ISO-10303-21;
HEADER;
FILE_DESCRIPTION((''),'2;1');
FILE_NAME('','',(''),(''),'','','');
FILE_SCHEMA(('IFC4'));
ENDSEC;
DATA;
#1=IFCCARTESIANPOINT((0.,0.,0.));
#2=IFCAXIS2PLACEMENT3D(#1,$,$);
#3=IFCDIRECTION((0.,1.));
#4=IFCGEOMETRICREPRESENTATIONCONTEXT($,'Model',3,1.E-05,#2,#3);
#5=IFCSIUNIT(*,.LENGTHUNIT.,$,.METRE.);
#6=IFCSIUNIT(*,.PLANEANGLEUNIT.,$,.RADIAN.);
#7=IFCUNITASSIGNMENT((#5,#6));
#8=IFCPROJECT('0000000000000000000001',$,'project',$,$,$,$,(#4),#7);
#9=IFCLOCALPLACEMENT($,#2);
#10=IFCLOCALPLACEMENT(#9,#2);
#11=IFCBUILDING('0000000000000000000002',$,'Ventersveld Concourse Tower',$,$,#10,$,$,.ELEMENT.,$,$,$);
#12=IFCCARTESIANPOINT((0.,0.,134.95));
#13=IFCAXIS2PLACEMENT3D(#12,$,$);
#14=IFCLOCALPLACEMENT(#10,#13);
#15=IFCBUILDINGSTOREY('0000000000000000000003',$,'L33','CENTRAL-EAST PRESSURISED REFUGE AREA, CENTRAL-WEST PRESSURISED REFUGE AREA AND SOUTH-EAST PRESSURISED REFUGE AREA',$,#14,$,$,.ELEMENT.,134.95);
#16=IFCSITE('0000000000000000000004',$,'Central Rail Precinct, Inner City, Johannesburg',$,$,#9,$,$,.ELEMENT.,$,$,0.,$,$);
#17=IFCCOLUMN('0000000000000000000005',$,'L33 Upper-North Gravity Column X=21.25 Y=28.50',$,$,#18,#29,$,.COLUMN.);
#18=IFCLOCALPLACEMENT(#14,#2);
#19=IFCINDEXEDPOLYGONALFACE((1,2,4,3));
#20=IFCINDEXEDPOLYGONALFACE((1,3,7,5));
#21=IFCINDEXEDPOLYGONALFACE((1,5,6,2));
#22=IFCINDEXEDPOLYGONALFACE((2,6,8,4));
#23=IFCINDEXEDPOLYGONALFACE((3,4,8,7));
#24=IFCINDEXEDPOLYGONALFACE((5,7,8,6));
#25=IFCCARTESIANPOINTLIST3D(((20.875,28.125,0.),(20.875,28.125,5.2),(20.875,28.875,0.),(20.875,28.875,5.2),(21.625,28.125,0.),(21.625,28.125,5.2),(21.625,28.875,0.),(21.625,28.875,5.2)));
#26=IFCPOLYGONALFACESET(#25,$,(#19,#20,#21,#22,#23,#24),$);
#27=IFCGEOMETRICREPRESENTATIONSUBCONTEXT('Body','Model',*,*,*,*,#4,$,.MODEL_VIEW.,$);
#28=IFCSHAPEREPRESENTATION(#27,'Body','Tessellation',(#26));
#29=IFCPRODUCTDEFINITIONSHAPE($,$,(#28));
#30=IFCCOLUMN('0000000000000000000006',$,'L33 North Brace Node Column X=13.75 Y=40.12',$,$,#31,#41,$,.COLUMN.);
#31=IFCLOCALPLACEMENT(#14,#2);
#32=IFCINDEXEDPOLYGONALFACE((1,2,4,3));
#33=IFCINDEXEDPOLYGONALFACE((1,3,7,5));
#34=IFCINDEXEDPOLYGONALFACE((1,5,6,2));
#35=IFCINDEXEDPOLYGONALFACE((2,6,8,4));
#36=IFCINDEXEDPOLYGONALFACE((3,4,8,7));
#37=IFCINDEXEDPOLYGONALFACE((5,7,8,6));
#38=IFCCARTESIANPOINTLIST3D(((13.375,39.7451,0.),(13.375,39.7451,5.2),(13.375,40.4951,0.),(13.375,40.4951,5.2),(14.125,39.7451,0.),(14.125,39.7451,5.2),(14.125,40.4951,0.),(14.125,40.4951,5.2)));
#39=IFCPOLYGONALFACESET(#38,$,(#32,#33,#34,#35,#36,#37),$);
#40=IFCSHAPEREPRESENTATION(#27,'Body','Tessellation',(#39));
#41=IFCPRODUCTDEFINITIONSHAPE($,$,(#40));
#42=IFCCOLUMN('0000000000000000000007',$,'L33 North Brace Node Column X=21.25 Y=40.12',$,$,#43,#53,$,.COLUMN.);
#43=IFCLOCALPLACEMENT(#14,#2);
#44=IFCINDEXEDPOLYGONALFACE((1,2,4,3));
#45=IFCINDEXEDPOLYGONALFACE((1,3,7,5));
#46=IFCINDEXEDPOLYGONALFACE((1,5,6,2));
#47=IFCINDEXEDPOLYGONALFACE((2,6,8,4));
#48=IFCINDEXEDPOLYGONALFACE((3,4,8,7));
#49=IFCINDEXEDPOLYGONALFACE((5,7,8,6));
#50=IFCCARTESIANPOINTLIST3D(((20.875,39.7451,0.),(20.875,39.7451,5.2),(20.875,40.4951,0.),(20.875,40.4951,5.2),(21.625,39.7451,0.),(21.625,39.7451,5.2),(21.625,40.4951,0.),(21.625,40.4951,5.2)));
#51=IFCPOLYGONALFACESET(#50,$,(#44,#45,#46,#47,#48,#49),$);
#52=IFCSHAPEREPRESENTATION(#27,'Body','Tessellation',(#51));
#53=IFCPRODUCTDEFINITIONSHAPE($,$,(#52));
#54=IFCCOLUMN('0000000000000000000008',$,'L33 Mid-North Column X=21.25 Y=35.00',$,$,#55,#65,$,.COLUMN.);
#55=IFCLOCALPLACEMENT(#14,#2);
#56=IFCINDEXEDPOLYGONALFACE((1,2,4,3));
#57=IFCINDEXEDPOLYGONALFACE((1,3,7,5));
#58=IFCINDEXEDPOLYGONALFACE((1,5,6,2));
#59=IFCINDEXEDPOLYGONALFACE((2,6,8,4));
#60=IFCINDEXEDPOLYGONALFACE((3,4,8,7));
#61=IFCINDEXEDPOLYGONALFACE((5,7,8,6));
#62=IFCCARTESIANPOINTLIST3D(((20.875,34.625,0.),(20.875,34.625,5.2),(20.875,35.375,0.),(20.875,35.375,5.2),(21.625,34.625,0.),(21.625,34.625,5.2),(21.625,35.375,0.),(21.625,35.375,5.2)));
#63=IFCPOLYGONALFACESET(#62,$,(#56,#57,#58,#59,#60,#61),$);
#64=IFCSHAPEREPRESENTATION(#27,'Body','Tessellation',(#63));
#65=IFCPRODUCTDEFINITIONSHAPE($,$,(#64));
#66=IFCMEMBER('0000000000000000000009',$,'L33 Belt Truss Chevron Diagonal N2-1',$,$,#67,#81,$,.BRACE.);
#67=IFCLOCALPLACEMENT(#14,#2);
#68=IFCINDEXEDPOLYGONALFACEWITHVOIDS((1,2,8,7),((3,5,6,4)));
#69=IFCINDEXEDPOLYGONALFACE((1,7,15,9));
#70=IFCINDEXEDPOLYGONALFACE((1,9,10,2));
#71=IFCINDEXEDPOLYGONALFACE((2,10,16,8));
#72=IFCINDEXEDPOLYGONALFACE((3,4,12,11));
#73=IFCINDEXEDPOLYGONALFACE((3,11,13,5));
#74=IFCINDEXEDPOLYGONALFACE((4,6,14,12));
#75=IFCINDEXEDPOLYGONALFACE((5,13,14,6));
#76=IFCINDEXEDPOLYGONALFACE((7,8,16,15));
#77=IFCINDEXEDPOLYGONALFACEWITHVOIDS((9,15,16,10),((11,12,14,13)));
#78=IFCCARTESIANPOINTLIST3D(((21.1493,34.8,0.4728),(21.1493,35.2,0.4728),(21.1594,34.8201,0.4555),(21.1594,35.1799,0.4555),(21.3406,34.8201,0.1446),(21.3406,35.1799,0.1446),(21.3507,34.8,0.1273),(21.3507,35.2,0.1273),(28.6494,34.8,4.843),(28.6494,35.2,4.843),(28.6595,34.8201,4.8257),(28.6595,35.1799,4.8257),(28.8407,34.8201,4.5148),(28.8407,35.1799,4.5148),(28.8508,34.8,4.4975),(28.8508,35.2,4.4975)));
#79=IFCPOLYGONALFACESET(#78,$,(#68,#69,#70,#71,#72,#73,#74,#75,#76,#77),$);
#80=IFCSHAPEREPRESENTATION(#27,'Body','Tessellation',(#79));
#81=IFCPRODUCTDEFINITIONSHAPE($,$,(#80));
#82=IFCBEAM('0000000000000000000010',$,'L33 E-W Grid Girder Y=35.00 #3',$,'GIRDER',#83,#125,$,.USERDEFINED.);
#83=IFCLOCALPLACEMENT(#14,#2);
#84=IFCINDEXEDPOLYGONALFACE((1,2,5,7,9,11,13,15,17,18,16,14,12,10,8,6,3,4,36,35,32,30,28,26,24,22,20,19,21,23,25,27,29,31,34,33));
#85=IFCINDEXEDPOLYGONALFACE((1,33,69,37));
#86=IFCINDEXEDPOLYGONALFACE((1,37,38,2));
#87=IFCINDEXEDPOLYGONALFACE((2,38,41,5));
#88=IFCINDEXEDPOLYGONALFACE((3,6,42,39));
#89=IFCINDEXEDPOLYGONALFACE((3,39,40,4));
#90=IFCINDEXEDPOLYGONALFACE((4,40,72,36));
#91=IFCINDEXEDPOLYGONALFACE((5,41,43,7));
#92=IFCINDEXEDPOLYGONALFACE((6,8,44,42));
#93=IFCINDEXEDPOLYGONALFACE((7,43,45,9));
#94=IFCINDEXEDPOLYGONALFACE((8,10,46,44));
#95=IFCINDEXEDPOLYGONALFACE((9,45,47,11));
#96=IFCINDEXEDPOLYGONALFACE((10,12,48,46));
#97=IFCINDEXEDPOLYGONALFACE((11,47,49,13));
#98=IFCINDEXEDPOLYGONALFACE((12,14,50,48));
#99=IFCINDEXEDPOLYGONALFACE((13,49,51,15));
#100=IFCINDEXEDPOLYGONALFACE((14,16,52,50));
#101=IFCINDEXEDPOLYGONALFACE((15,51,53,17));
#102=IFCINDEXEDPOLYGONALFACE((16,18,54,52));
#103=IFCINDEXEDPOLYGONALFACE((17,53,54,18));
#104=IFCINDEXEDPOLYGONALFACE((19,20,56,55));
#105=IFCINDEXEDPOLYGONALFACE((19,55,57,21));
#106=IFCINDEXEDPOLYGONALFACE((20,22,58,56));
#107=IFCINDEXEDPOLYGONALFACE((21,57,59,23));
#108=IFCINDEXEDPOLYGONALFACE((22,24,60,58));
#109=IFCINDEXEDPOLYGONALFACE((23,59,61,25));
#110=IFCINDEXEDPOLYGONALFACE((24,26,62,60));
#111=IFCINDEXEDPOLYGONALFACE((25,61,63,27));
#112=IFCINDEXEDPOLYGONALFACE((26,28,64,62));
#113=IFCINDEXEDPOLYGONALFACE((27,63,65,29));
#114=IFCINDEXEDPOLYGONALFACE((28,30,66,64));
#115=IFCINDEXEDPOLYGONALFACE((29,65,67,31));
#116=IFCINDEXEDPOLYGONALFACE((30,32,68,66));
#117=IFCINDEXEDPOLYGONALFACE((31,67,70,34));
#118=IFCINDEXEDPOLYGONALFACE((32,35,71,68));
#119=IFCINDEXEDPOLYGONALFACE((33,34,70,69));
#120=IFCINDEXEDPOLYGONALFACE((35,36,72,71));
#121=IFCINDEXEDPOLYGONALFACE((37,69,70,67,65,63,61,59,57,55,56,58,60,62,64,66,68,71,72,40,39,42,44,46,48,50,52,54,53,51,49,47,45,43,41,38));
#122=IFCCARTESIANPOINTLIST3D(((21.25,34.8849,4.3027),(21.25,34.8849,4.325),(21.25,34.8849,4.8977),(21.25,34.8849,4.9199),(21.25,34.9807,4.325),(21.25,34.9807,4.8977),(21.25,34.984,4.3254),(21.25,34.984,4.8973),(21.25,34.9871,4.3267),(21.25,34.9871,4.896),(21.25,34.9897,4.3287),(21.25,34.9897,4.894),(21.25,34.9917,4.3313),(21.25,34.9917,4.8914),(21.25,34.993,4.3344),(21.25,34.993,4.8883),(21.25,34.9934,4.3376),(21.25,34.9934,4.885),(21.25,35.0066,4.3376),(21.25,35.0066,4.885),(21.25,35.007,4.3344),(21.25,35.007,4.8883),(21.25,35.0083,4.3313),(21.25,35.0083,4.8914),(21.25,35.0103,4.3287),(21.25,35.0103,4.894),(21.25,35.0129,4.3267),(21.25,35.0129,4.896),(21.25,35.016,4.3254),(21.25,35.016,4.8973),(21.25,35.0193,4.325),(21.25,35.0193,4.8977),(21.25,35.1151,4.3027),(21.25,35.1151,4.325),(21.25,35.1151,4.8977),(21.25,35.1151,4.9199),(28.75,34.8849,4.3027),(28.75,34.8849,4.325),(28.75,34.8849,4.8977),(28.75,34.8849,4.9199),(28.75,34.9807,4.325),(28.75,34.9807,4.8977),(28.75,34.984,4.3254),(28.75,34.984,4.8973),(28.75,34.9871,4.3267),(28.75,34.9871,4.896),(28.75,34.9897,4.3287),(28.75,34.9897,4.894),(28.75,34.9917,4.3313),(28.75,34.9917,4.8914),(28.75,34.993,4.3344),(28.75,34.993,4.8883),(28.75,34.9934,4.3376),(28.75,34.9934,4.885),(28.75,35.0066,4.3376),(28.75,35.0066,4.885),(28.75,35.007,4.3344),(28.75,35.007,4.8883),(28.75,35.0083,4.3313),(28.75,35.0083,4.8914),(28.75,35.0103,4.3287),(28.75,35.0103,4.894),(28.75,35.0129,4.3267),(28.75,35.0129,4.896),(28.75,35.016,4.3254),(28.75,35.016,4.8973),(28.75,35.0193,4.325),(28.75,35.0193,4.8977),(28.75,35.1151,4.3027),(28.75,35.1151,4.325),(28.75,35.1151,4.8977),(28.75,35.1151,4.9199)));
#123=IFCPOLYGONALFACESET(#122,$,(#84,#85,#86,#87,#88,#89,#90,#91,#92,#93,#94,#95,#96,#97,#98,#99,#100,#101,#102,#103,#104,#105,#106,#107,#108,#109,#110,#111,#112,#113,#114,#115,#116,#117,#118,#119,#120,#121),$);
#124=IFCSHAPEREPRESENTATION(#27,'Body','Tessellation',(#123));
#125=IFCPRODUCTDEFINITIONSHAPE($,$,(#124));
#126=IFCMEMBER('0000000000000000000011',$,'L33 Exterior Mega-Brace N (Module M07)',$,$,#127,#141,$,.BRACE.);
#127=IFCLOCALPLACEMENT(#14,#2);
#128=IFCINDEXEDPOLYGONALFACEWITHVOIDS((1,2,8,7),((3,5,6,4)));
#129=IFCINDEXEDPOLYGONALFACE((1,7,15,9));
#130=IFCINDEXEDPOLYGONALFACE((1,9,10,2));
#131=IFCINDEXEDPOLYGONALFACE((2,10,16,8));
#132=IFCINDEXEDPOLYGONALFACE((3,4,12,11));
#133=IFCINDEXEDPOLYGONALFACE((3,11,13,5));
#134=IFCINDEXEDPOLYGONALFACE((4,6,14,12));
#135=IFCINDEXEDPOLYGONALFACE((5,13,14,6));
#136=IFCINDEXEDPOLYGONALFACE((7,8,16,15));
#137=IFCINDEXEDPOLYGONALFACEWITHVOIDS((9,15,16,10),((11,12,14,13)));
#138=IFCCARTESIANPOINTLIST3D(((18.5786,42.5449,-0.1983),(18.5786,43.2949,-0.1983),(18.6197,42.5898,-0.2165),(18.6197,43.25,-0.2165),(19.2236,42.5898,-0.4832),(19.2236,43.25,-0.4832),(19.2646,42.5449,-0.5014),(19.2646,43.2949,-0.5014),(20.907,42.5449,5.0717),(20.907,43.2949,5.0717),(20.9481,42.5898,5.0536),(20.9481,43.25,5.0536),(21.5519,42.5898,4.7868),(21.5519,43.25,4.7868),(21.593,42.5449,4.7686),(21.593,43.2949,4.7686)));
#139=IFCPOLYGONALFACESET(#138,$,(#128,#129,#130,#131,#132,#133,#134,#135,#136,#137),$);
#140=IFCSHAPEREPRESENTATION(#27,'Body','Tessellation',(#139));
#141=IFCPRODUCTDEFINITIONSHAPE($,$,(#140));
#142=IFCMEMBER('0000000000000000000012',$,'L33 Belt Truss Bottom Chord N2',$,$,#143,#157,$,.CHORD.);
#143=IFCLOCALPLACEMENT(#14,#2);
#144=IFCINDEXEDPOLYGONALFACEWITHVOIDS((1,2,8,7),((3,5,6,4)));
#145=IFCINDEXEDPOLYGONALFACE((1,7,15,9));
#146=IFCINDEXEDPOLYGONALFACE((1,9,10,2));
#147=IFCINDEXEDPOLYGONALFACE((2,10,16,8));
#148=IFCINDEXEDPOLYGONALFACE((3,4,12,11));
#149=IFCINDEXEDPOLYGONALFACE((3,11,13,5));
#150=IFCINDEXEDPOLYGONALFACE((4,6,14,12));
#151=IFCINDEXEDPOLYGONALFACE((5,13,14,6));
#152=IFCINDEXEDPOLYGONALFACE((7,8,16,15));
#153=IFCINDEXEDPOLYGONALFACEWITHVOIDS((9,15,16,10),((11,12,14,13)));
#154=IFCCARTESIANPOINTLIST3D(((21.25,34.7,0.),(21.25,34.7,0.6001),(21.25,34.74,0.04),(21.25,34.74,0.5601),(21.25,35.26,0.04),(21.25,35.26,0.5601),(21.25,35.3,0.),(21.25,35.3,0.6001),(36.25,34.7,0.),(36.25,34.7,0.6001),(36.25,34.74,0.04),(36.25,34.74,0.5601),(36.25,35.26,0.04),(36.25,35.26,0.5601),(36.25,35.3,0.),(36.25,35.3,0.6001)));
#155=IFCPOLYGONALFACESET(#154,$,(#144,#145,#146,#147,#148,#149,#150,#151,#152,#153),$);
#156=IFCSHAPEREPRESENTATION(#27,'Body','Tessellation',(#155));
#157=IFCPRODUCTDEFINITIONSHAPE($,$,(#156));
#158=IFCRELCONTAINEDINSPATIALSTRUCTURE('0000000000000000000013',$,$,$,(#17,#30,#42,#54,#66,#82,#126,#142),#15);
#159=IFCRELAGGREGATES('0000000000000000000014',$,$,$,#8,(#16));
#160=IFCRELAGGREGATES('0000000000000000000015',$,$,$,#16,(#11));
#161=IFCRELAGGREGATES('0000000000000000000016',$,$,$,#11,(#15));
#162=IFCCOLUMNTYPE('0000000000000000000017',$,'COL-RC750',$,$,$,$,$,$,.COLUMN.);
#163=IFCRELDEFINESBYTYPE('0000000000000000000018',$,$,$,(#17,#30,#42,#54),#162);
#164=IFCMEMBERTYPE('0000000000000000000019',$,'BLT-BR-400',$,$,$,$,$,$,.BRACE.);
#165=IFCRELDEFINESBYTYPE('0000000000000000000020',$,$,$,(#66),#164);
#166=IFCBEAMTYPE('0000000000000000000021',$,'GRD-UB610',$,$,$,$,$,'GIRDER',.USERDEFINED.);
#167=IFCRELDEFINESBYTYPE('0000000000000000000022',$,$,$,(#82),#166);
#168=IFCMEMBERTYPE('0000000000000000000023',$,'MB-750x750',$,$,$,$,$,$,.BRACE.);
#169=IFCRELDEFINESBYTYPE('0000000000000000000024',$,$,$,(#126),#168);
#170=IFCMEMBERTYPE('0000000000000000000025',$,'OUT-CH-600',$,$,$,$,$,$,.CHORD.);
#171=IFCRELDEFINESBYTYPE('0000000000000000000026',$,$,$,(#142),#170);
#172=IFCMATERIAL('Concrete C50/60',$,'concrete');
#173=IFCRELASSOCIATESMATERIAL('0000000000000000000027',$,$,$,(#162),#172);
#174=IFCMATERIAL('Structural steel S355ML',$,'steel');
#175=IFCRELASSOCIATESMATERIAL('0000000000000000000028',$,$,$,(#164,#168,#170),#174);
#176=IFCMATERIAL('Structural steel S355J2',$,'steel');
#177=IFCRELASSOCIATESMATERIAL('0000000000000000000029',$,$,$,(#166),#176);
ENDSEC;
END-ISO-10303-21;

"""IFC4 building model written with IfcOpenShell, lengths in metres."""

from ifc_helpers import new_model, si_unit, direction, frame, origin, origin_2d, place, context, subcontext, project, spatial, rectangle, hollow_rectangle, i_section, extrude, material, material_profile, profile_set, type_object, element, save


model = new_model("IFC4")

# Units and contexts
model_context = context("Model", 3, precision=1e-05, world=origin(), true_north=direction((0.0, 1.0)))
body_context = subcontext(model_context, "Body", "Model", "MODEL_VIEW")
ifc_project = project(units=[si_unit("LENGTHUNIT", "METRE"), si_unit("PLANEANGLEUNIT", "RADIAN")], contexts=[model_context])

# Site, building, storey
site_placement = place(None, origin())
site = spatial("IfcSite", under=ifc_project, at=site_placement, Name="Central Rail Precinct, Inner City, Johannesburg", CompositionType="ELEMENT", RefElevation=0.0)
building_placement = place(site_placement, origin())
building = spatial("IfcBuilding", under=site, at=building_placement, Name="Ventersveld Concourse Tower", CompositionType="ELEMENT")
storey_placement = place(building_placement, frame((0.0, 0.0, 134.95)))
storey = spatial("IfcBuildingStorey", under=building, at=storey_placement, Name="L33", Description="CENTRAL-EAST PRESSURISED REFUGE AREA, CENTRAL-WEST PRESSURISED REFUGE AREA AND SOUTH-EAST PRESSURISED REFUGE AREA", CompositionType="ELEMENT", Elevation=134.95)

# Columns
ifc_material_1 = material(Name="Concrete C50/60", Category="concrete")
ifc_material_profile_1 = material_profile(ifc_material_1, rectangle(XDim=0.75, YDim=0.75, at=origin_2d()), Name="RC 750x750")
ifc_profile_set_1 = profile_set([ifc_material_profile_1], Name="Concrete C50/60")
column_type = type_object("IfcColumnType", Name="COL-RC750", PredefinedType="COLUMN", material=ifc_profile_set_1)
for number, where, z_axis, x_axis, name in (
    (1, (21.25, 28.5, 0.0), (0.0, 0.0, 1.0), (1.0, 0.0, 0.0), "L33 Upper-North Gravity Column X=21.25 Y=28.50"),
    (2, (13.75, 40.1201, 0.0), (0.0, 0.0, 1.0), (1.0, 0.0, 0.0), "L33 North Brace Node Column X=13.75 Y=40.12"),
    (3, (21.25, 40.1201, 0.0), (0.0, 0.0, 1.0), (1.0, 0.0, 0.0), "L33 North Brace Node Column X=21.25 Y=40.12"),
    (4, (21.25, 35.0, 0.0), (0.0, 0.0, 1.0), (1.0, 0.0, 0.0), "L33 Mid-North Column X=21.25 Y=35.00"),
):
    element("IfcColumn", number, at=place(storey_placement, frame(where, z_axis=z_axis, x_axis=x_axis)), inside=storey, type_object=column_type, Name=name, PredefinedType="COLUMN", context=body_context, shape_type="SweptSolid", body=[
        extrude(rectangle(XDim=0.75, YDim=0.75, at=origin_2d()), origin(), (0.0, 0.0, 1.0), 5.2),
    ])

# Member
ifc_material_2 = material(Name="Structural steel S355ML", Category="steel")
ifc_material_profile_2 = material_profile(ifc_material_2, hollow_rectangle(XDim=0.3999, YDim=0.3999, WallThickness=0.02, at=origin_2d()), Name="SHS 400x400x20")
ifc_profile_set_2 = profile_set([ifc_material_profile_2], Name="Structural steel S355ML")
member_type_1 = type_object("IfcMemberType", Name="BLT-BR-400", PredefinedType="BRACE", material=ifc_profile_set_2)
member_1_placement = place(storey_placement, frame((21.25, 35.0, 0.3), z_axis=(0.864024, 0.0, 0.503451), x_axis=(0.0, 1.0, 0.0)))
element("IfcMember", 5, at=member_1_placement, inside=storey, type_object=member_type_1, Name="L33 Belt Truss Chevron Diagonal N2-1", PredefinedType="BRACE", context=body_context, shape_type="SweptSolid", body=[
    extrude(hollow_rectangle(XDim=0.3999, YDim=0.3999, WallThickness=0.02, at=origin_2d()), origin(), (0.0, 0.0, 1.0), 8.6804),
])

# Beam
ifc_material_3 = material(Name="Structural steel S355J2", Category="steel")
ifc_material_profile_3 = material_profile(ifc_material_3, i_section(OverallWidth=0.2302, OverallDepth=0.6172, WebThickness=0.0132, FlangeThickness=0.0222, FilletRadius=0.0127, at=origin_2d()), Name="UB 610x229x140")
ifc_profile_set_3 = profile_set([ifc_material_profile_3], Name="Structural steel S355J2")
beam_type_1 = type_object("IfcBeamType", Name="GRD-UB610", ElementType="GIRDER", PredefinedType="USERDEFINED", material=ifc_profile_set_3)
beam_1_placement = place(storey_placement, frame((21.25, 35.0, 4.6113), z_axis=(1.0, 0.0, 0.0), x_axis=(0.0, 1.0, 0.0)))
element("IfcBeam", 6, at=beam_1_placement, inside=storey, type_object=beam_type_1, Name="L33 E-W Grid Girder Y=35.00 #3", ObjectType="GIRDER", PredefinedType="USERDEFINED", context=body_context, shape_type="SweptSolid", body=[
    extrude(i_section(OverallWidth=0.2302, OverallDepth=0.6172, WebThickness=0.0132, FlangeThickness=0.0222, FilletRadius=0.0127, at=origin_2d()), origin(), (0.0, 0.0, 1.0), 7.5),
])

# Members
ifc_material_profile_4 = material_profile(ifc_material_2, hollow_rectangle(XDim=0.75, YDim=0.75, WallThickness=0.0449, at=origin_2d()), Name="BOX 750x750x45")
ifc_profile_set_4 = profile_set([ifc_material_profile_4], Name="Structural steel S355ML")
member_type_2 = type_object("IfcMemberType", Name="MB-750x750", PredefinedType="BRACE", material=ifc_profile_set_4)
member_2_placement = place(storey_placement, frame((18.9216, 42.9199, -0.3499), z_axis=(0.404128, 0.0, 0.914702), x_axis=(0.0, 1.0, 0.0)))
element("IfcMember", 7, at=member_2_placement, inside=storey, type_object=member_type_2, Name="L33 Exterior Mega-Brace N (Module M07)", PredefinedType="BRACE", context=body_context, shape_type="SweptSolid", body=[
    extrude(hollow_rectangle(XDim=0.75, YDim=0.75, WallThickness=0.0449, at=origin_2d()), origin(), (0.0, 0.0, 1.0), 5.7615),
])
ifc_material_profile_5 = material_profile(ifc_material_2, hollow_rectangle(XDim=0.6001, YDim=0.6001, WallThickness=0.04, at=origin_2d()), Name="BOX 600x600x40")
ifc_profile_set_5 = profile_set([ifc_material_profile_5], Name="Structural steel S355ML")
member_type_3 = type_object("IfcMemberType", Name="OUT-CH-600", PredefinedType="CHORD", material=ifc_profile_set_5)
member_3_placement = place(storey_placement, frame((21.25, 35.0, 0.3), z_axis=(1.0, 0.0, 0.0), x_axis=(0.0, 1.0, 0.0)))
element("IfcMember", 8, at=member_3_placement, inside=storey, type_object=member_type_3, Name="L33 Belt Truss Bottom Chord N2", PredefinedType="CHORD", context=body_context, shape_type="SweptSolid", body=[
    extrude(hollow_rectangle(XDim=0.6001, YDim=0.6001, WallThickness=0.04, at=origin_2d()), origin(), (0.0, 0.0, 1.0), 15.0),
])

save(model, "model.ifc")
